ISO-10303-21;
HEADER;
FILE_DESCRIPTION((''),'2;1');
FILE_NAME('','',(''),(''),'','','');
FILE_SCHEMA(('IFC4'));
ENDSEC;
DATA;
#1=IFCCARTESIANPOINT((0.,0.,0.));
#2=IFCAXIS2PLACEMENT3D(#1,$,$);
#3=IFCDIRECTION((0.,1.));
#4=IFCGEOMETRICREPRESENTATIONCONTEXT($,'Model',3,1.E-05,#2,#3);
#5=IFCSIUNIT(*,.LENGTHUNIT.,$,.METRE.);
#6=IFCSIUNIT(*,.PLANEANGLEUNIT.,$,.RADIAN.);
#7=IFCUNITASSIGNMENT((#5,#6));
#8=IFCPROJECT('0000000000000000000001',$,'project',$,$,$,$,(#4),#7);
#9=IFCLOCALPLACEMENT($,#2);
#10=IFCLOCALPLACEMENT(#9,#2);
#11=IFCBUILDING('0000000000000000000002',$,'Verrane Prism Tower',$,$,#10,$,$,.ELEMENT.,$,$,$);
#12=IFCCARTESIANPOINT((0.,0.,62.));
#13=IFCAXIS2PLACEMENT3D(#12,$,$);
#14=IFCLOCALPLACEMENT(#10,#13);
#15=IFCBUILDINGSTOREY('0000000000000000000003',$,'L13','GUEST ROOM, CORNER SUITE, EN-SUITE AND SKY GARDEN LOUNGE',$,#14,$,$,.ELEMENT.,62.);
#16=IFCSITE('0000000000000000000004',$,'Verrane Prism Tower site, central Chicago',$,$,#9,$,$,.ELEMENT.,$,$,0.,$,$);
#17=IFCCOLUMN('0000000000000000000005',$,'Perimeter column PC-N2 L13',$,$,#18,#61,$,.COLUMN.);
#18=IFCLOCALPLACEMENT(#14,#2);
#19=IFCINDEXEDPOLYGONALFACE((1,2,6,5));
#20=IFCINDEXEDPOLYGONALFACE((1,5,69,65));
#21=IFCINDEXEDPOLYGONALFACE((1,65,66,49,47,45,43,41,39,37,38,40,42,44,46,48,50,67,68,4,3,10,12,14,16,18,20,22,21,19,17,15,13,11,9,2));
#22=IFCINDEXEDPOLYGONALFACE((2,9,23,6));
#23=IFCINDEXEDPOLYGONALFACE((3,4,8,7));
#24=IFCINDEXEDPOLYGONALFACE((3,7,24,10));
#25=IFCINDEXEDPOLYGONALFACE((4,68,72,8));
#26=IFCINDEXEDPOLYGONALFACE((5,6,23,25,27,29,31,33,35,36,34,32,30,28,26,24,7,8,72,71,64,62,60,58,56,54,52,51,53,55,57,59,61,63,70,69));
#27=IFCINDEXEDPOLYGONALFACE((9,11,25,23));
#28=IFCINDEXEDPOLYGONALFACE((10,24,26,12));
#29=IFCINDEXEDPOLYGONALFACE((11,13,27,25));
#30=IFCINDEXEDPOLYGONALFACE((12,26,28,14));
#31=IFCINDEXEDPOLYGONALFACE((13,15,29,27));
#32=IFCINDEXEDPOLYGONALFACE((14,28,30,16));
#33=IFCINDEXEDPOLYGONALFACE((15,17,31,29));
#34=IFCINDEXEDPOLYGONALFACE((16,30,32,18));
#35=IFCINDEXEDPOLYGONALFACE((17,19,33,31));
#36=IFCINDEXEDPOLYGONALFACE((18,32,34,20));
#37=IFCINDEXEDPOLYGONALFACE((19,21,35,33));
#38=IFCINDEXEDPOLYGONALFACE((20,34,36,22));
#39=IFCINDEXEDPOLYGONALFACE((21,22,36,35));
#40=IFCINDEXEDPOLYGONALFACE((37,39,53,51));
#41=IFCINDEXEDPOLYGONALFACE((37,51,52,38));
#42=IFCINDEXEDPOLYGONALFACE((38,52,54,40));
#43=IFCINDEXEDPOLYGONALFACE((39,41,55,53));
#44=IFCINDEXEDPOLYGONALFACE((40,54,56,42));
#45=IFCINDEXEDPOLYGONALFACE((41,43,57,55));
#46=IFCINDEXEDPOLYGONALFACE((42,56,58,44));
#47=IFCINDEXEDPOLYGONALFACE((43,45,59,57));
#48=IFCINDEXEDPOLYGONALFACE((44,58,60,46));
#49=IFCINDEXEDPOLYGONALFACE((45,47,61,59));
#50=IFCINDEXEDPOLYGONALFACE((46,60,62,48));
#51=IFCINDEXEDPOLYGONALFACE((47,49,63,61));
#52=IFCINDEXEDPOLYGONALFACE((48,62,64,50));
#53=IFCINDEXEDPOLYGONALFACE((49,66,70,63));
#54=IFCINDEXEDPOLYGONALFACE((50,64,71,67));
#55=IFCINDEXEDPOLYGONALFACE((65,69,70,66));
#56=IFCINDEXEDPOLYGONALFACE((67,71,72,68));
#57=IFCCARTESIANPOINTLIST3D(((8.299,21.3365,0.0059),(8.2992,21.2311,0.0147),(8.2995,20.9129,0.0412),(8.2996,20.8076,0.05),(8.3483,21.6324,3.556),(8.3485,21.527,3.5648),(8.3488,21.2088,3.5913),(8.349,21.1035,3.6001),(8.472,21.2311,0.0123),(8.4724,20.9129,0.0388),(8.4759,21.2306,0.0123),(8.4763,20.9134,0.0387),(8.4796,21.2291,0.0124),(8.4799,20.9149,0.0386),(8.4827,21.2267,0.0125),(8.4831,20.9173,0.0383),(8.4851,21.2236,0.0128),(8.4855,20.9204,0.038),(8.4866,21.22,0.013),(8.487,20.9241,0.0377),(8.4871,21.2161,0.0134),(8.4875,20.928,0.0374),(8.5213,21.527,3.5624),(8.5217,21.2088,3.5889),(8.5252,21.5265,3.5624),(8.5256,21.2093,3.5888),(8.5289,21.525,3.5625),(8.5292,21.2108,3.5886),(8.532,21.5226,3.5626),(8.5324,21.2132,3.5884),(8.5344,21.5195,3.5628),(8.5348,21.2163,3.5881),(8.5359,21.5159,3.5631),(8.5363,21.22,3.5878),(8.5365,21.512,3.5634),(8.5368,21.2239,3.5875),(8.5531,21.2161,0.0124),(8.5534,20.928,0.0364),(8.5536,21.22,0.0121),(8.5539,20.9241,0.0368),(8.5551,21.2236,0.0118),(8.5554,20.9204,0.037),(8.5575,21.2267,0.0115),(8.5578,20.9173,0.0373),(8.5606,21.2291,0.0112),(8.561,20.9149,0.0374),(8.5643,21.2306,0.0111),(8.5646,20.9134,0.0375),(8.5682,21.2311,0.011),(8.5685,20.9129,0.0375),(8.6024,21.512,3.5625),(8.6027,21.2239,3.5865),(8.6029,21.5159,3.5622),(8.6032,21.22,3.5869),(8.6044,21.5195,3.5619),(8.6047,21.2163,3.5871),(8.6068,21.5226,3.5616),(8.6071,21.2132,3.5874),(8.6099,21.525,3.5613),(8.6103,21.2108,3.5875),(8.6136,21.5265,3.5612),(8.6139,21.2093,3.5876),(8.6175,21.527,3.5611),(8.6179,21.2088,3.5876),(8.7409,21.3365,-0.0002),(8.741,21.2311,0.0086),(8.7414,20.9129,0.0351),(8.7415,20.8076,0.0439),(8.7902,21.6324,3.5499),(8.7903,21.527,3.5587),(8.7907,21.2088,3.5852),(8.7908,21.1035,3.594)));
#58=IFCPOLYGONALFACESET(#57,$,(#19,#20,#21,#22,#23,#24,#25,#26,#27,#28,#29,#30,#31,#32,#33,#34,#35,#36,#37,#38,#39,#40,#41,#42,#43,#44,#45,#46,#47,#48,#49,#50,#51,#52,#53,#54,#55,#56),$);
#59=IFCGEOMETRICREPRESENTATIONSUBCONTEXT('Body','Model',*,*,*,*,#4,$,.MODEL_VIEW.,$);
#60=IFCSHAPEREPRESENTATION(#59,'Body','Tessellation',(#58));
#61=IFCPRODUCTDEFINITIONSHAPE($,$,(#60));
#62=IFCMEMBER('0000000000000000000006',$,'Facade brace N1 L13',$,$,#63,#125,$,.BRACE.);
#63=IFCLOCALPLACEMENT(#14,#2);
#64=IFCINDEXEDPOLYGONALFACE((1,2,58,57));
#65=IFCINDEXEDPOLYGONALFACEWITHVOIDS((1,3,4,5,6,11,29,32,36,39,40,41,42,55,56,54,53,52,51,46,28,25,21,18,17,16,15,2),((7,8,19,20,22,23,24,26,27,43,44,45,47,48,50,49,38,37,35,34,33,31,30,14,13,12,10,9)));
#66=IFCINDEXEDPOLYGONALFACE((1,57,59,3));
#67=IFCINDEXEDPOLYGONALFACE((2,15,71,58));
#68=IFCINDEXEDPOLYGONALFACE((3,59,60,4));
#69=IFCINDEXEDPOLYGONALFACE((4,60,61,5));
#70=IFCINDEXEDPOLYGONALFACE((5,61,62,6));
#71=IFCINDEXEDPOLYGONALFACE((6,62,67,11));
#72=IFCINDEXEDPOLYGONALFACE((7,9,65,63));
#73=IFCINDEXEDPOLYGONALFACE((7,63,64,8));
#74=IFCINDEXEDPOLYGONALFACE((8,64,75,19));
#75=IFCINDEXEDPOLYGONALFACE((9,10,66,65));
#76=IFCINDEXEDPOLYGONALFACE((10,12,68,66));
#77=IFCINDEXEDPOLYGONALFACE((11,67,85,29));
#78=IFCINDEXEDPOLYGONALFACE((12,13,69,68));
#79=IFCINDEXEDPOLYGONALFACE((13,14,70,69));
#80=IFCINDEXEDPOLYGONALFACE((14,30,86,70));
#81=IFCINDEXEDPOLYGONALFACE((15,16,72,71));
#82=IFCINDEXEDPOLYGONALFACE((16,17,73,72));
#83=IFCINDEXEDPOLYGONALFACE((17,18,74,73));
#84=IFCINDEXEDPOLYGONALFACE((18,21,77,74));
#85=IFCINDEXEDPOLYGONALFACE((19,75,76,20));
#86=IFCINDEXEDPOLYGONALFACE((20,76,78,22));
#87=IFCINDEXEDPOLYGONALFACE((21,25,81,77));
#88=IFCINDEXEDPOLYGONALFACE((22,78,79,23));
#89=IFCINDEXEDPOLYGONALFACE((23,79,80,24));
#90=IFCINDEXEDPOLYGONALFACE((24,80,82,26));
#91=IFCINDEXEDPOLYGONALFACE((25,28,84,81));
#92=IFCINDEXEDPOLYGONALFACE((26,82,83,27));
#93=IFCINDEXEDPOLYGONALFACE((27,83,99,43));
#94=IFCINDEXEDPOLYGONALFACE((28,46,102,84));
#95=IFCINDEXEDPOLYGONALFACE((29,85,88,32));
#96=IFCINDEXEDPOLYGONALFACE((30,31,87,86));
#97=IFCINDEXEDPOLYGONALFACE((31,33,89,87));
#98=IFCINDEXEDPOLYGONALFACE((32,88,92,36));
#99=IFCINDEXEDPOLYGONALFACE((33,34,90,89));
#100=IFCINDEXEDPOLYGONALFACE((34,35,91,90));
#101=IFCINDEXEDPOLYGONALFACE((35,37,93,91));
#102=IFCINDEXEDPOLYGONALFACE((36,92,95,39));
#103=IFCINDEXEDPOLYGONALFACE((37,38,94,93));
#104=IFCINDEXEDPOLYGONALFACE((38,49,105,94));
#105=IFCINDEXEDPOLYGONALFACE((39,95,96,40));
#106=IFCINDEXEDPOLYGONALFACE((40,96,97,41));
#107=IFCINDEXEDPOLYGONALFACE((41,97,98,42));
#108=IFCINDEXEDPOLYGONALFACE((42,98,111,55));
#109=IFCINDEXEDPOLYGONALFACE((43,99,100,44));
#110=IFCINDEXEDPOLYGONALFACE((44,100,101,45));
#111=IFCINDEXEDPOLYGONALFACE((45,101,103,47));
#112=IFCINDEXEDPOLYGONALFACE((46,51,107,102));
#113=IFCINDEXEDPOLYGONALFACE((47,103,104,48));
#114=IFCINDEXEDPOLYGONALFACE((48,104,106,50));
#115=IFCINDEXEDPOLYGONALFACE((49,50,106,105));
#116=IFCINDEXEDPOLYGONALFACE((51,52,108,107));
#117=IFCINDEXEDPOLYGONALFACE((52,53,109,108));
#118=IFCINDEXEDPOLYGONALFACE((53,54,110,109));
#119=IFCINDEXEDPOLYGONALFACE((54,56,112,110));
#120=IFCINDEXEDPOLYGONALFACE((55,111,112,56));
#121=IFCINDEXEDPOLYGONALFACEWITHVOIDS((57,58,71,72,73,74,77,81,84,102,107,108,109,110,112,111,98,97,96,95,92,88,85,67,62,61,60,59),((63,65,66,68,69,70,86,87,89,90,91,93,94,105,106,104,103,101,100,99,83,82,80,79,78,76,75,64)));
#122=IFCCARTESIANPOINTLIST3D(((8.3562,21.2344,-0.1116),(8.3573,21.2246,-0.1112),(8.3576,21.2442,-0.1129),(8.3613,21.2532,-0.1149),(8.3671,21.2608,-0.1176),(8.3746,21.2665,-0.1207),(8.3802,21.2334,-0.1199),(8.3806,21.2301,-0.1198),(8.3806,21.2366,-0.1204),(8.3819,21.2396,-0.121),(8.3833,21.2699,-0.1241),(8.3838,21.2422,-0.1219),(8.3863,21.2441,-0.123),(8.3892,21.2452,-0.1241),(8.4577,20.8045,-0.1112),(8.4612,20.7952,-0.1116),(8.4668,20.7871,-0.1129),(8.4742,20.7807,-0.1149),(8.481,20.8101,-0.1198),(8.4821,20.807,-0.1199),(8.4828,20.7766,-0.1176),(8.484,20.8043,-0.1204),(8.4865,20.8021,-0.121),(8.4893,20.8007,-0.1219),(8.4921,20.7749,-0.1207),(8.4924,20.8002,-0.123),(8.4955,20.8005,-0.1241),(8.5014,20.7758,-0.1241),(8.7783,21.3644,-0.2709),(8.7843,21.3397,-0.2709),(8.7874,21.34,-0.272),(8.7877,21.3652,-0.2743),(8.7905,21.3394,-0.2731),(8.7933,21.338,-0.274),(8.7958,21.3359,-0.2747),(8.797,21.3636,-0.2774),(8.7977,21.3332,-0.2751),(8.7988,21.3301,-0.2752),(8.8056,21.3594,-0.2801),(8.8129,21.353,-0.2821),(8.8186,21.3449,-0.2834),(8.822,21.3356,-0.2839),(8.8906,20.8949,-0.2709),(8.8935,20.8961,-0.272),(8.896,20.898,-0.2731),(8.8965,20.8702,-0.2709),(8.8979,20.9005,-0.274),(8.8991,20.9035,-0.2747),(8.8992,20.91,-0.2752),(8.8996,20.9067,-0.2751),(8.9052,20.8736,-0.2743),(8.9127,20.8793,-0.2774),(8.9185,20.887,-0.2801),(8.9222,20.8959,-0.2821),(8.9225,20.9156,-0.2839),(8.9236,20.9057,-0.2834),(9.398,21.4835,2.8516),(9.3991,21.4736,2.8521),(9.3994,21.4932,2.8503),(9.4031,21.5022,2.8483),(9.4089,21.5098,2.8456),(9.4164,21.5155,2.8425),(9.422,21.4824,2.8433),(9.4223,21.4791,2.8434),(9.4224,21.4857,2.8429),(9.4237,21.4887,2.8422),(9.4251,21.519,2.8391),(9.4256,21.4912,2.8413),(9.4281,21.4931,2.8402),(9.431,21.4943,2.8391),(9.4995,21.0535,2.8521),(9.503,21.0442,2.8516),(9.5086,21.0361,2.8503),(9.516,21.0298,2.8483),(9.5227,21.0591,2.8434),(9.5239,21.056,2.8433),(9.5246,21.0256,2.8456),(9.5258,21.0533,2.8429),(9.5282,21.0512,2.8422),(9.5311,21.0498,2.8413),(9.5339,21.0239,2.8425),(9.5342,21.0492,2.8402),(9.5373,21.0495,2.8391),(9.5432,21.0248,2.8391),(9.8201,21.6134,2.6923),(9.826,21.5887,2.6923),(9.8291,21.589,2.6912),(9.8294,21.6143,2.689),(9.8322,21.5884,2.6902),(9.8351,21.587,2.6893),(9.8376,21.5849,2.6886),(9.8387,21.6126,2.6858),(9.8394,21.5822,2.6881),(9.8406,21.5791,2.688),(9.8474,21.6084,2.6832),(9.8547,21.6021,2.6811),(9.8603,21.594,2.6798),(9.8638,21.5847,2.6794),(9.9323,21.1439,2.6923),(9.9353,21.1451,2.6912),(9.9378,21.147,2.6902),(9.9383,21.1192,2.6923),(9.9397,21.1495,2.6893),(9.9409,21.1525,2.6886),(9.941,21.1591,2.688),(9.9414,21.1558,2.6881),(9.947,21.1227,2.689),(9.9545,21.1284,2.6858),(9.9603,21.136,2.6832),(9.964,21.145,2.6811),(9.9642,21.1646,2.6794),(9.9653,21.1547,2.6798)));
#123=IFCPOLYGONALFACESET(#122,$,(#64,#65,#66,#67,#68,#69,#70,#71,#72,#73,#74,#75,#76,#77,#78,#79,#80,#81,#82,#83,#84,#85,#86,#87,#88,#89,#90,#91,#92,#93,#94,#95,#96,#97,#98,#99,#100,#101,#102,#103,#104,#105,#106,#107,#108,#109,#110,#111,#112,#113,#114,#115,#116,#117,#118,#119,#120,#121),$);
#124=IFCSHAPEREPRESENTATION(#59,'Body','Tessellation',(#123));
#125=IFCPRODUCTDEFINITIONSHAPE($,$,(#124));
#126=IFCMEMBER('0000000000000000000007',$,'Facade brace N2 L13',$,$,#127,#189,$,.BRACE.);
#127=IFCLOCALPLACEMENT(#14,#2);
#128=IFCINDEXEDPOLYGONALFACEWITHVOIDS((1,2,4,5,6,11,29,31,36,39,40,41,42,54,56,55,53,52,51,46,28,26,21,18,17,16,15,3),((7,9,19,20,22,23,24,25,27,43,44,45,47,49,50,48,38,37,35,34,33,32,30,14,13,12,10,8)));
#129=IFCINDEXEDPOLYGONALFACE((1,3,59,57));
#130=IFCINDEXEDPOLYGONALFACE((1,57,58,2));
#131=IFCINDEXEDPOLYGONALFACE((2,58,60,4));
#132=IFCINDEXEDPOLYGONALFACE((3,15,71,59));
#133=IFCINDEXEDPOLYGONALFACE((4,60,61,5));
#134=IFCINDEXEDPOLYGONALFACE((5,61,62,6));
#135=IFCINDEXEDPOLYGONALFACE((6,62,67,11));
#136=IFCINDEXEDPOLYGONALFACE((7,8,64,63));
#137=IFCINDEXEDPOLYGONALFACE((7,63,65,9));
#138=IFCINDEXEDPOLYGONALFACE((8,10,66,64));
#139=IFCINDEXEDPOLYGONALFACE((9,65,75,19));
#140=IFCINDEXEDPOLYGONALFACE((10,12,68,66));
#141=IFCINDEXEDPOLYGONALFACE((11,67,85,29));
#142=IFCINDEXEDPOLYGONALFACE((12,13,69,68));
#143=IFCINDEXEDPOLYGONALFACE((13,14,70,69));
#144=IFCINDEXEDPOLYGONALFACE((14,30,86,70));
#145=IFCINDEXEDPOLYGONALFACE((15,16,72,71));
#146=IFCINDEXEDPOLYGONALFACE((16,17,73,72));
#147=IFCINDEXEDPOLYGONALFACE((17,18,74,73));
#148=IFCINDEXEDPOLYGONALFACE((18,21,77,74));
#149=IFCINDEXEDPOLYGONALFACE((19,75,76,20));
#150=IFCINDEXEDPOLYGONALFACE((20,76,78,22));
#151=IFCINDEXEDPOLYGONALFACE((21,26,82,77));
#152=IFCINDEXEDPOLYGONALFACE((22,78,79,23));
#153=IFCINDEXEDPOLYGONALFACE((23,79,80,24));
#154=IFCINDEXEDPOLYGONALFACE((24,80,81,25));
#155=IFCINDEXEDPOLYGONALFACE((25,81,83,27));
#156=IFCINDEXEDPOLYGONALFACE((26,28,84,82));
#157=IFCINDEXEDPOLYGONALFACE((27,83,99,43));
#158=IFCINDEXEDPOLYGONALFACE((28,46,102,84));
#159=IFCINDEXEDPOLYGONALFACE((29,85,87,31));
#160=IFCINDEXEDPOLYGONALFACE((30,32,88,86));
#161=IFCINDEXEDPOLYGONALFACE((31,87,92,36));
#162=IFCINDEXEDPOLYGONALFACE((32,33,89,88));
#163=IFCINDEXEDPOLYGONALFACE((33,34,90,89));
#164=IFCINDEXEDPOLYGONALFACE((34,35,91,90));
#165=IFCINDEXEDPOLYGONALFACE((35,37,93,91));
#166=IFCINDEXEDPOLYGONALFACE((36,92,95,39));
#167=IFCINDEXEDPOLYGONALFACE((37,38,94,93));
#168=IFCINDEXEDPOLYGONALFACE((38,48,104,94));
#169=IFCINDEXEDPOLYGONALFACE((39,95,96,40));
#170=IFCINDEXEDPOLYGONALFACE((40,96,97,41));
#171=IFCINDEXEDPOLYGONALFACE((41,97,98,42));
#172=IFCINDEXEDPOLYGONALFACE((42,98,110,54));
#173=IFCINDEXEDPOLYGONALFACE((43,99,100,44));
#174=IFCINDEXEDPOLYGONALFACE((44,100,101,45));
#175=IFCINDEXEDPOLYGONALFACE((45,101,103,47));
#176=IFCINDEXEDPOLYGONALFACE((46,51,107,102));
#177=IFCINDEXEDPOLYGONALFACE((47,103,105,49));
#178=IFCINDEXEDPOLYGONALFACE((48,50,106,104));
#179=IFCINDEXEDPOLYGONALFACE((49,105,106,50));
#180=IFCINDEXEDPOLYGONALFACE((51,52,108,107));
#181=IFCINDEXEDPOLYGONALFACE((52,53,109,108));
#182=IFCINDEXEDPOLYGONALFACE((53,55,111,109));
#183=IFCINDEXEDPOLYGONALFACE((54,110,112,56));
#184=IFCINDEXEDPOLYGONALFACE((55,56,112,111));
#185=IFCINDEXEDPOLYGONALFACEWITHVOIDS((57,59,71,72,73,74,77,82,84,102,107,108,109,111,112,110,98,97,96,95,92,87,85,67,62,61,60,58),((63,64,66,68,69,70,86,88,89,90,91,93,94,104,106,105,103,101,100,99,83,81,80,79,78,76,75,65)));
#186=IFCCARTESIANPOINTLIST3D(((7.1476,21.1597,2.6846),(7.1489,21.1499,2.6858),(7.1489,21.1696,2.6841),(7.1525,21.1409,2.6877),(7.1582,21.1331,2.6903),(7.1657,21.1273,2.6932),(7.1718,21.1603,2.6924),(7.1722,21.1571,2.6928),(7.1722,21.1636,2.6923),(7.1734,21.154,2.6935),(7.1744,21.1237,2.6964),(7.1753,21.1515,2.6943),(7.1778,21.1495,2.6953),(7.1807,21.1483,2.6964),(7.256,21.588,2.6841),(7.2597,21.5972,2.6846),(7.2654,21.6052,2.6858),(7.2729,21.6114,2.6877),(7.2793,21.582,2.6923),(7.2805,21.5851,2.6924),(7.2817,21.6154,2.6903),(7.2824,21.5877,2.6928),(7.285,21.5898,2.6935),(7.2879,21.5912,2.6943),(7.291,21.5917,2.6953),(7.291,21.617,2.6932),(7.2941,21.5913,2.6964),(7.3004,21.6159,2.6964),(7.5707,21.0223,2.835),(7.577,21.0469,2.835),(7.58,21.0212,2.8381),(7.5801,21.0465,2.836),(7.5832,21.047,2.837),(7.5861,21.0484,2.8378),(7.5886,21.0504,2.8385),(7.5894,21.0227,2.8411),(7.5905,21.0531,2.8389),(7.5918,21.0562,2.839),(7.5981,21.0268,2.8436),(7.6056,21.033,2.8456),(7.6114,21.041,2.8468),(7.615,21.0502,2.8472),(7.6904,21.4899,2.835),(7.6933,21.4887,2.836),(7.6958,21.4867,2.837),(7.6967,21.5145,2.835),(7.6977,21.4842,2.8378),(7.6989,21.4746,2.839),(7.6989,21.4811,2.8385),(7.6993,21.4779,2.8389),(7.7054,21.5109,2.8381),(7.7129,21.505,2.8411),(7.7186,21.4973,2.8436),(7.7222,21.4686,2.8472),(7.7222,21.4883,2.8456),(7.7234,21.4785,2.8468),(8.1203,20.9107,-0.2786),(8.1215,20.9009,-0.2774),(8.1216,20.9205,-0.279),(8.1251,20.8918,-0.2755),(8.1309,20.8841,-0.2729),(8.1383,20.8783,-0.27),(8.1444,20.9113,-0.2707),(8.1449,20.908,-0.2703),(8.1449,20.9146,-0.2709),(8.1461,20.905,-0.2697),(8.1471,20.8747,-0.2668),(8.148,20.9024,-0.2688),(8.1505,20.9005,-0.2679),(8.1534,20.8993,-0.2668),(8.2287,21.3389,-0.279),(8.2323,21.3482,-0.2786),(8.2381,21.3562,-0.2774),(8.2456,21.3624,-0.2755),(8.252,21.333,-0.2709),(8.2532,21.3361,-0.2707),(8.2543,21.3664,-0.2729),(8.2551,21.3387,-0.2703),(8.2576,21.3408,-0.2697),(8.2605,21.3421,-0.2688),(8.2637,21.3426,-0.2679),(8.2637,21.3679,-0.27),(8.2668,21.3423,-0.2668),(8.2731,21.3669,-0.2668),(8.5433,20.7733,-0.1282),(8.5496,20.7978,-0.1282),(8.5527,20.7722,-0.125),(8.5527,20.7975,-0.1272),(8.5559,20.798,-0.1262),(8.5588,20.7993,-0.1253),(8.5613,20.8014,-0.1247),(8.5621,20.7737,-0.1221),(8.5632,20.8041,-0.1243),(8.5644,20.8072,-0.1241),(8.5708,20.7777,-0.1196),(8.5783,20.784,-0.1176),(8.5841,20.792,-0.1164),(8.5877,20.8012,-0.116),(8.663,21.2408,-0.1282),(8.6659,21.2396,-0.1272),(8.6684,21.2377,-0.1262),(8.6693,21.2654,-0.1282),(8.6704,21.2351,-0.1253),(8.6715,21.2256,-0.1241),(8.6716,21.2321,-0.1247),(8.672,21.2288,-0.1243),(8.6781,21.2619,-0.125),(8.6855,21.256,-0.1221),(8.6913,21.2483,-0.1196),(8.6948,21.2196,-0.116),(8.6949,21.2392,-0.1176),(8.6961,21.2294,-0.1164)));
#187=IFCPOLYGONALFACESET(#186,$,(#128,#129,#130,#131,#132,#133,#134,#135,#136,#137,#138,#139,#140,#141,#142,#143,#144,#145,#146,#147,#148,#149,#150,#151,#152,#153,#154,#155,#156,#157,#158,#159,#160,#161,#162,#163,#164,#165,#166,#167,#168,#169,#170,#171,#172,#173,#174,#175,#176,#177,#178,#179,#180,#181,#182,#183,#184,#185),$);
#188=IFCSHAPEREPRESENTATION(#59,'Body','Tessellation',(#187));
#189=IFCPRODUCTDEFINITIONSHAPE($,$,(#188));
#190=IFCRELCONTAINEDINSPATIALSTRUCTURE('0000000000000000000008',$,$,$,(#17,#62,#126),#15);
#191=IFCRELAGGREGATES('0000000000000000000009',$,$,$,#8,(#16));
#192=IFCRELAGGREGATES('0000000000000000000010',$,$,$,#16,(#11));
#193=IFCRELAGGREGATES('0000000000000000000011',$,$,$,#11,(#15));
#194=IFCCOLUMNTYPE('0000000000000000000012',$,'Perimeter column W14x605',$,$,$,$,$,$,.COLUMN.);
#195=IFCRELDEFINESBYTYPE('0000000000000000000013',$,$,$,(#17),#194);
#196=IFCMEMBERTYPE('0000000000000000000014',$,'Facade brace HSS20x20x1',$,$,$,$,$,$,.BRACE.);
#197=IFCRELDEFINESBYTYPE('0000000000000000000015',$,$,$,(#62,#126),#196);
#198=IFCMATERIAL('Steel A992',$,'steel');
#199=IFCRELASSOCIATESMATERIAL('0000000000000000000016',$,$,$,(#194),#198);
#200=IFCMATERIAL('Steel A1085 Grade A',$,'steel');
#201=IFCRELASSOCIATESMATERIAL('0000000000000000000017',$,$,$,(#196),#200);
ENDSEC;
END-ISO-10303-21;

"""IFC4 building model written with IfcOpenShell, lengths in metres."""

from ifc_helpers import new_model, si_unit, direction, frame, origin, origin_2d, place, context, subcontext, project, spatial, hollow_rectangle, i_section, extrude, material, material_profile, profile_set, type_object, element, save


model = new_model("IFC4")

# Units and contexts
model_context = context("Model", 3, precision=1e-05, world=origin(), true_north=direction((0.0, 1.0)))
body_context = subcontext(model_context, "Body", "Model", "MODEL_VIEW")
ifc_project = project(units=[si_unit("LENGTHUNIT", "METRE"), si_unit("PLANEANGLEUNIT", "RADIAN")], contexts=[model_context])

# Site, building, storey
site_placement = place(None, origin())
site = spatial("IfcSite", under=ifc_project, at=site_placement, Name="Verrane Prism Tower site, central Chicago", CompositionType="ELEMENT", RefElevation=0.0)
building_placement = place(site_placement, origin())
building = spatial("IfcBuilding", under=site, at=building_placement, Name="Verrane Prism Tower", CompositionType="ELEMENT")
storey_placement = place(building_placement, frame((0.0, 0.0, 62.0)))
storey = spatial("IfcBuildingStorey", under=building, at=storey_placement, Name="L13", Description="GUEST ROOM, CORNER SUITE, EN-SUITE AND SKY GARDEN LOUNGE", CompositionType="ELEMENT", Elevation=62.0)

# Column
ifc_material_1 = material(Name="Steel A992", Category="steel")
ifc_material_profile_1 = material_profile(ifc_material_1, i_section(OverallWidth=0.4419, OverallDepth=0.5308, WebThickness=0.0659, FlangeThickness=0.1057, FilletRadius=0.0151, at=origin_2d()), Name="W14x605")
ifc_profile_set_1 = profile_set([ifc_material_profile_1], Name="Steel A992")
column_type = type_object("IfcColumnType", Name="Perimeter column W14x605", PredefinedType="COLUMN", material=ifc_profile_set_1)
column_placement = place(storey_placement, frame((8.5203, 21.072, 0.0249), z_axis=(0.013842, 0.083055, 0.996449), x_axis=(0.999904, -0.000001, -0.01389)))
element("IfcColumn", 1, at=column_placement, inside=storey, type_object=column_type, Name="Perimeter column PC-N2 L13", PredefinedType="COLUMN", context=body_context, shape_type="SweptSolid", body=[
    extrude(i_section(OverallWidth=0.4419, OverallDepth=0.5308, WebThickness=0.0659, FlangeThickness=0.1057, FilletRadius=0.0151, at=origin_2d()), origin(), (0.0, 0.0, 1.0), 3.5627),
])

# Members
ifc_material_2 = material(Name="Steel A1085 Grade A", Category="steel")
ifc_material_profile_2 = material_profile(ifc_material_2, hollow_rectangle(XDim=0.5081, YDim=0.5081, WallThickness=0.0254, InnerFilletRadius=0.0127, OuterFilletRadius=0.0381, at=origin_2d()), Name="HSS20x20x1")
ifc_profile_set_2 = profile_set([ifc_material_profile_2], Name="Steel A1085 Grade A")
member_type_1 = type_object("IfcMemberType", Name="Facade brace HSS20x20x1", PredefinedType="BRACE", material=ifc_profile_set_2)
member_1_placement = place(storey_placement, frame((8.6399, 21.0701, -0.1975), z_axis=(0.330632, 0.079035, 0.940445), x_axis=(-0.232494, 0.972598, 0.0)))
element("IfcMember", 2, at=member_1_placement, inside=storey, type_object=member_type_1, Name="Facade brace N1 L13", PredefinedType="BRACE", context=body_context, shape_type="SweptSolid", body=[
    extrude(hollow_rectangle(XDim=0.5081, YDim=0.5081, WallThickness=0.0254, InnerFilletRadius=0.0127, OuterFilletRadius=0.0381, at=origin_2d()), origin(), (0.0, 0.0, 1.0), 3.1509),
])
member_2_placement = place(storey_placement, frame((8.4082, 21.0701, -0.1975), z_axis=(-0.31089, 0.079595, 0.947107), x_axis=(-0.248024, -0.968754, 0.0)))
element("IfcMember", 3, at=member_2_placement, inside=storey, type_object=member_type_1, Name="Facade brace N2 L13", PredefinedType="BRACE", context=body_context, shape_type="SweptSolid", body=[
    extrude(hollow_rectangle(XDim=0.5081, YDim=0.5081, WallThickness=0.0254, InnerFilletRadius=0.0127, OuterFilletRadius=0.0381, at=origin_2d()), origin(), (0.0, 0.0, 1.0), 3.1287),
])

save(model, "model.ifc")
